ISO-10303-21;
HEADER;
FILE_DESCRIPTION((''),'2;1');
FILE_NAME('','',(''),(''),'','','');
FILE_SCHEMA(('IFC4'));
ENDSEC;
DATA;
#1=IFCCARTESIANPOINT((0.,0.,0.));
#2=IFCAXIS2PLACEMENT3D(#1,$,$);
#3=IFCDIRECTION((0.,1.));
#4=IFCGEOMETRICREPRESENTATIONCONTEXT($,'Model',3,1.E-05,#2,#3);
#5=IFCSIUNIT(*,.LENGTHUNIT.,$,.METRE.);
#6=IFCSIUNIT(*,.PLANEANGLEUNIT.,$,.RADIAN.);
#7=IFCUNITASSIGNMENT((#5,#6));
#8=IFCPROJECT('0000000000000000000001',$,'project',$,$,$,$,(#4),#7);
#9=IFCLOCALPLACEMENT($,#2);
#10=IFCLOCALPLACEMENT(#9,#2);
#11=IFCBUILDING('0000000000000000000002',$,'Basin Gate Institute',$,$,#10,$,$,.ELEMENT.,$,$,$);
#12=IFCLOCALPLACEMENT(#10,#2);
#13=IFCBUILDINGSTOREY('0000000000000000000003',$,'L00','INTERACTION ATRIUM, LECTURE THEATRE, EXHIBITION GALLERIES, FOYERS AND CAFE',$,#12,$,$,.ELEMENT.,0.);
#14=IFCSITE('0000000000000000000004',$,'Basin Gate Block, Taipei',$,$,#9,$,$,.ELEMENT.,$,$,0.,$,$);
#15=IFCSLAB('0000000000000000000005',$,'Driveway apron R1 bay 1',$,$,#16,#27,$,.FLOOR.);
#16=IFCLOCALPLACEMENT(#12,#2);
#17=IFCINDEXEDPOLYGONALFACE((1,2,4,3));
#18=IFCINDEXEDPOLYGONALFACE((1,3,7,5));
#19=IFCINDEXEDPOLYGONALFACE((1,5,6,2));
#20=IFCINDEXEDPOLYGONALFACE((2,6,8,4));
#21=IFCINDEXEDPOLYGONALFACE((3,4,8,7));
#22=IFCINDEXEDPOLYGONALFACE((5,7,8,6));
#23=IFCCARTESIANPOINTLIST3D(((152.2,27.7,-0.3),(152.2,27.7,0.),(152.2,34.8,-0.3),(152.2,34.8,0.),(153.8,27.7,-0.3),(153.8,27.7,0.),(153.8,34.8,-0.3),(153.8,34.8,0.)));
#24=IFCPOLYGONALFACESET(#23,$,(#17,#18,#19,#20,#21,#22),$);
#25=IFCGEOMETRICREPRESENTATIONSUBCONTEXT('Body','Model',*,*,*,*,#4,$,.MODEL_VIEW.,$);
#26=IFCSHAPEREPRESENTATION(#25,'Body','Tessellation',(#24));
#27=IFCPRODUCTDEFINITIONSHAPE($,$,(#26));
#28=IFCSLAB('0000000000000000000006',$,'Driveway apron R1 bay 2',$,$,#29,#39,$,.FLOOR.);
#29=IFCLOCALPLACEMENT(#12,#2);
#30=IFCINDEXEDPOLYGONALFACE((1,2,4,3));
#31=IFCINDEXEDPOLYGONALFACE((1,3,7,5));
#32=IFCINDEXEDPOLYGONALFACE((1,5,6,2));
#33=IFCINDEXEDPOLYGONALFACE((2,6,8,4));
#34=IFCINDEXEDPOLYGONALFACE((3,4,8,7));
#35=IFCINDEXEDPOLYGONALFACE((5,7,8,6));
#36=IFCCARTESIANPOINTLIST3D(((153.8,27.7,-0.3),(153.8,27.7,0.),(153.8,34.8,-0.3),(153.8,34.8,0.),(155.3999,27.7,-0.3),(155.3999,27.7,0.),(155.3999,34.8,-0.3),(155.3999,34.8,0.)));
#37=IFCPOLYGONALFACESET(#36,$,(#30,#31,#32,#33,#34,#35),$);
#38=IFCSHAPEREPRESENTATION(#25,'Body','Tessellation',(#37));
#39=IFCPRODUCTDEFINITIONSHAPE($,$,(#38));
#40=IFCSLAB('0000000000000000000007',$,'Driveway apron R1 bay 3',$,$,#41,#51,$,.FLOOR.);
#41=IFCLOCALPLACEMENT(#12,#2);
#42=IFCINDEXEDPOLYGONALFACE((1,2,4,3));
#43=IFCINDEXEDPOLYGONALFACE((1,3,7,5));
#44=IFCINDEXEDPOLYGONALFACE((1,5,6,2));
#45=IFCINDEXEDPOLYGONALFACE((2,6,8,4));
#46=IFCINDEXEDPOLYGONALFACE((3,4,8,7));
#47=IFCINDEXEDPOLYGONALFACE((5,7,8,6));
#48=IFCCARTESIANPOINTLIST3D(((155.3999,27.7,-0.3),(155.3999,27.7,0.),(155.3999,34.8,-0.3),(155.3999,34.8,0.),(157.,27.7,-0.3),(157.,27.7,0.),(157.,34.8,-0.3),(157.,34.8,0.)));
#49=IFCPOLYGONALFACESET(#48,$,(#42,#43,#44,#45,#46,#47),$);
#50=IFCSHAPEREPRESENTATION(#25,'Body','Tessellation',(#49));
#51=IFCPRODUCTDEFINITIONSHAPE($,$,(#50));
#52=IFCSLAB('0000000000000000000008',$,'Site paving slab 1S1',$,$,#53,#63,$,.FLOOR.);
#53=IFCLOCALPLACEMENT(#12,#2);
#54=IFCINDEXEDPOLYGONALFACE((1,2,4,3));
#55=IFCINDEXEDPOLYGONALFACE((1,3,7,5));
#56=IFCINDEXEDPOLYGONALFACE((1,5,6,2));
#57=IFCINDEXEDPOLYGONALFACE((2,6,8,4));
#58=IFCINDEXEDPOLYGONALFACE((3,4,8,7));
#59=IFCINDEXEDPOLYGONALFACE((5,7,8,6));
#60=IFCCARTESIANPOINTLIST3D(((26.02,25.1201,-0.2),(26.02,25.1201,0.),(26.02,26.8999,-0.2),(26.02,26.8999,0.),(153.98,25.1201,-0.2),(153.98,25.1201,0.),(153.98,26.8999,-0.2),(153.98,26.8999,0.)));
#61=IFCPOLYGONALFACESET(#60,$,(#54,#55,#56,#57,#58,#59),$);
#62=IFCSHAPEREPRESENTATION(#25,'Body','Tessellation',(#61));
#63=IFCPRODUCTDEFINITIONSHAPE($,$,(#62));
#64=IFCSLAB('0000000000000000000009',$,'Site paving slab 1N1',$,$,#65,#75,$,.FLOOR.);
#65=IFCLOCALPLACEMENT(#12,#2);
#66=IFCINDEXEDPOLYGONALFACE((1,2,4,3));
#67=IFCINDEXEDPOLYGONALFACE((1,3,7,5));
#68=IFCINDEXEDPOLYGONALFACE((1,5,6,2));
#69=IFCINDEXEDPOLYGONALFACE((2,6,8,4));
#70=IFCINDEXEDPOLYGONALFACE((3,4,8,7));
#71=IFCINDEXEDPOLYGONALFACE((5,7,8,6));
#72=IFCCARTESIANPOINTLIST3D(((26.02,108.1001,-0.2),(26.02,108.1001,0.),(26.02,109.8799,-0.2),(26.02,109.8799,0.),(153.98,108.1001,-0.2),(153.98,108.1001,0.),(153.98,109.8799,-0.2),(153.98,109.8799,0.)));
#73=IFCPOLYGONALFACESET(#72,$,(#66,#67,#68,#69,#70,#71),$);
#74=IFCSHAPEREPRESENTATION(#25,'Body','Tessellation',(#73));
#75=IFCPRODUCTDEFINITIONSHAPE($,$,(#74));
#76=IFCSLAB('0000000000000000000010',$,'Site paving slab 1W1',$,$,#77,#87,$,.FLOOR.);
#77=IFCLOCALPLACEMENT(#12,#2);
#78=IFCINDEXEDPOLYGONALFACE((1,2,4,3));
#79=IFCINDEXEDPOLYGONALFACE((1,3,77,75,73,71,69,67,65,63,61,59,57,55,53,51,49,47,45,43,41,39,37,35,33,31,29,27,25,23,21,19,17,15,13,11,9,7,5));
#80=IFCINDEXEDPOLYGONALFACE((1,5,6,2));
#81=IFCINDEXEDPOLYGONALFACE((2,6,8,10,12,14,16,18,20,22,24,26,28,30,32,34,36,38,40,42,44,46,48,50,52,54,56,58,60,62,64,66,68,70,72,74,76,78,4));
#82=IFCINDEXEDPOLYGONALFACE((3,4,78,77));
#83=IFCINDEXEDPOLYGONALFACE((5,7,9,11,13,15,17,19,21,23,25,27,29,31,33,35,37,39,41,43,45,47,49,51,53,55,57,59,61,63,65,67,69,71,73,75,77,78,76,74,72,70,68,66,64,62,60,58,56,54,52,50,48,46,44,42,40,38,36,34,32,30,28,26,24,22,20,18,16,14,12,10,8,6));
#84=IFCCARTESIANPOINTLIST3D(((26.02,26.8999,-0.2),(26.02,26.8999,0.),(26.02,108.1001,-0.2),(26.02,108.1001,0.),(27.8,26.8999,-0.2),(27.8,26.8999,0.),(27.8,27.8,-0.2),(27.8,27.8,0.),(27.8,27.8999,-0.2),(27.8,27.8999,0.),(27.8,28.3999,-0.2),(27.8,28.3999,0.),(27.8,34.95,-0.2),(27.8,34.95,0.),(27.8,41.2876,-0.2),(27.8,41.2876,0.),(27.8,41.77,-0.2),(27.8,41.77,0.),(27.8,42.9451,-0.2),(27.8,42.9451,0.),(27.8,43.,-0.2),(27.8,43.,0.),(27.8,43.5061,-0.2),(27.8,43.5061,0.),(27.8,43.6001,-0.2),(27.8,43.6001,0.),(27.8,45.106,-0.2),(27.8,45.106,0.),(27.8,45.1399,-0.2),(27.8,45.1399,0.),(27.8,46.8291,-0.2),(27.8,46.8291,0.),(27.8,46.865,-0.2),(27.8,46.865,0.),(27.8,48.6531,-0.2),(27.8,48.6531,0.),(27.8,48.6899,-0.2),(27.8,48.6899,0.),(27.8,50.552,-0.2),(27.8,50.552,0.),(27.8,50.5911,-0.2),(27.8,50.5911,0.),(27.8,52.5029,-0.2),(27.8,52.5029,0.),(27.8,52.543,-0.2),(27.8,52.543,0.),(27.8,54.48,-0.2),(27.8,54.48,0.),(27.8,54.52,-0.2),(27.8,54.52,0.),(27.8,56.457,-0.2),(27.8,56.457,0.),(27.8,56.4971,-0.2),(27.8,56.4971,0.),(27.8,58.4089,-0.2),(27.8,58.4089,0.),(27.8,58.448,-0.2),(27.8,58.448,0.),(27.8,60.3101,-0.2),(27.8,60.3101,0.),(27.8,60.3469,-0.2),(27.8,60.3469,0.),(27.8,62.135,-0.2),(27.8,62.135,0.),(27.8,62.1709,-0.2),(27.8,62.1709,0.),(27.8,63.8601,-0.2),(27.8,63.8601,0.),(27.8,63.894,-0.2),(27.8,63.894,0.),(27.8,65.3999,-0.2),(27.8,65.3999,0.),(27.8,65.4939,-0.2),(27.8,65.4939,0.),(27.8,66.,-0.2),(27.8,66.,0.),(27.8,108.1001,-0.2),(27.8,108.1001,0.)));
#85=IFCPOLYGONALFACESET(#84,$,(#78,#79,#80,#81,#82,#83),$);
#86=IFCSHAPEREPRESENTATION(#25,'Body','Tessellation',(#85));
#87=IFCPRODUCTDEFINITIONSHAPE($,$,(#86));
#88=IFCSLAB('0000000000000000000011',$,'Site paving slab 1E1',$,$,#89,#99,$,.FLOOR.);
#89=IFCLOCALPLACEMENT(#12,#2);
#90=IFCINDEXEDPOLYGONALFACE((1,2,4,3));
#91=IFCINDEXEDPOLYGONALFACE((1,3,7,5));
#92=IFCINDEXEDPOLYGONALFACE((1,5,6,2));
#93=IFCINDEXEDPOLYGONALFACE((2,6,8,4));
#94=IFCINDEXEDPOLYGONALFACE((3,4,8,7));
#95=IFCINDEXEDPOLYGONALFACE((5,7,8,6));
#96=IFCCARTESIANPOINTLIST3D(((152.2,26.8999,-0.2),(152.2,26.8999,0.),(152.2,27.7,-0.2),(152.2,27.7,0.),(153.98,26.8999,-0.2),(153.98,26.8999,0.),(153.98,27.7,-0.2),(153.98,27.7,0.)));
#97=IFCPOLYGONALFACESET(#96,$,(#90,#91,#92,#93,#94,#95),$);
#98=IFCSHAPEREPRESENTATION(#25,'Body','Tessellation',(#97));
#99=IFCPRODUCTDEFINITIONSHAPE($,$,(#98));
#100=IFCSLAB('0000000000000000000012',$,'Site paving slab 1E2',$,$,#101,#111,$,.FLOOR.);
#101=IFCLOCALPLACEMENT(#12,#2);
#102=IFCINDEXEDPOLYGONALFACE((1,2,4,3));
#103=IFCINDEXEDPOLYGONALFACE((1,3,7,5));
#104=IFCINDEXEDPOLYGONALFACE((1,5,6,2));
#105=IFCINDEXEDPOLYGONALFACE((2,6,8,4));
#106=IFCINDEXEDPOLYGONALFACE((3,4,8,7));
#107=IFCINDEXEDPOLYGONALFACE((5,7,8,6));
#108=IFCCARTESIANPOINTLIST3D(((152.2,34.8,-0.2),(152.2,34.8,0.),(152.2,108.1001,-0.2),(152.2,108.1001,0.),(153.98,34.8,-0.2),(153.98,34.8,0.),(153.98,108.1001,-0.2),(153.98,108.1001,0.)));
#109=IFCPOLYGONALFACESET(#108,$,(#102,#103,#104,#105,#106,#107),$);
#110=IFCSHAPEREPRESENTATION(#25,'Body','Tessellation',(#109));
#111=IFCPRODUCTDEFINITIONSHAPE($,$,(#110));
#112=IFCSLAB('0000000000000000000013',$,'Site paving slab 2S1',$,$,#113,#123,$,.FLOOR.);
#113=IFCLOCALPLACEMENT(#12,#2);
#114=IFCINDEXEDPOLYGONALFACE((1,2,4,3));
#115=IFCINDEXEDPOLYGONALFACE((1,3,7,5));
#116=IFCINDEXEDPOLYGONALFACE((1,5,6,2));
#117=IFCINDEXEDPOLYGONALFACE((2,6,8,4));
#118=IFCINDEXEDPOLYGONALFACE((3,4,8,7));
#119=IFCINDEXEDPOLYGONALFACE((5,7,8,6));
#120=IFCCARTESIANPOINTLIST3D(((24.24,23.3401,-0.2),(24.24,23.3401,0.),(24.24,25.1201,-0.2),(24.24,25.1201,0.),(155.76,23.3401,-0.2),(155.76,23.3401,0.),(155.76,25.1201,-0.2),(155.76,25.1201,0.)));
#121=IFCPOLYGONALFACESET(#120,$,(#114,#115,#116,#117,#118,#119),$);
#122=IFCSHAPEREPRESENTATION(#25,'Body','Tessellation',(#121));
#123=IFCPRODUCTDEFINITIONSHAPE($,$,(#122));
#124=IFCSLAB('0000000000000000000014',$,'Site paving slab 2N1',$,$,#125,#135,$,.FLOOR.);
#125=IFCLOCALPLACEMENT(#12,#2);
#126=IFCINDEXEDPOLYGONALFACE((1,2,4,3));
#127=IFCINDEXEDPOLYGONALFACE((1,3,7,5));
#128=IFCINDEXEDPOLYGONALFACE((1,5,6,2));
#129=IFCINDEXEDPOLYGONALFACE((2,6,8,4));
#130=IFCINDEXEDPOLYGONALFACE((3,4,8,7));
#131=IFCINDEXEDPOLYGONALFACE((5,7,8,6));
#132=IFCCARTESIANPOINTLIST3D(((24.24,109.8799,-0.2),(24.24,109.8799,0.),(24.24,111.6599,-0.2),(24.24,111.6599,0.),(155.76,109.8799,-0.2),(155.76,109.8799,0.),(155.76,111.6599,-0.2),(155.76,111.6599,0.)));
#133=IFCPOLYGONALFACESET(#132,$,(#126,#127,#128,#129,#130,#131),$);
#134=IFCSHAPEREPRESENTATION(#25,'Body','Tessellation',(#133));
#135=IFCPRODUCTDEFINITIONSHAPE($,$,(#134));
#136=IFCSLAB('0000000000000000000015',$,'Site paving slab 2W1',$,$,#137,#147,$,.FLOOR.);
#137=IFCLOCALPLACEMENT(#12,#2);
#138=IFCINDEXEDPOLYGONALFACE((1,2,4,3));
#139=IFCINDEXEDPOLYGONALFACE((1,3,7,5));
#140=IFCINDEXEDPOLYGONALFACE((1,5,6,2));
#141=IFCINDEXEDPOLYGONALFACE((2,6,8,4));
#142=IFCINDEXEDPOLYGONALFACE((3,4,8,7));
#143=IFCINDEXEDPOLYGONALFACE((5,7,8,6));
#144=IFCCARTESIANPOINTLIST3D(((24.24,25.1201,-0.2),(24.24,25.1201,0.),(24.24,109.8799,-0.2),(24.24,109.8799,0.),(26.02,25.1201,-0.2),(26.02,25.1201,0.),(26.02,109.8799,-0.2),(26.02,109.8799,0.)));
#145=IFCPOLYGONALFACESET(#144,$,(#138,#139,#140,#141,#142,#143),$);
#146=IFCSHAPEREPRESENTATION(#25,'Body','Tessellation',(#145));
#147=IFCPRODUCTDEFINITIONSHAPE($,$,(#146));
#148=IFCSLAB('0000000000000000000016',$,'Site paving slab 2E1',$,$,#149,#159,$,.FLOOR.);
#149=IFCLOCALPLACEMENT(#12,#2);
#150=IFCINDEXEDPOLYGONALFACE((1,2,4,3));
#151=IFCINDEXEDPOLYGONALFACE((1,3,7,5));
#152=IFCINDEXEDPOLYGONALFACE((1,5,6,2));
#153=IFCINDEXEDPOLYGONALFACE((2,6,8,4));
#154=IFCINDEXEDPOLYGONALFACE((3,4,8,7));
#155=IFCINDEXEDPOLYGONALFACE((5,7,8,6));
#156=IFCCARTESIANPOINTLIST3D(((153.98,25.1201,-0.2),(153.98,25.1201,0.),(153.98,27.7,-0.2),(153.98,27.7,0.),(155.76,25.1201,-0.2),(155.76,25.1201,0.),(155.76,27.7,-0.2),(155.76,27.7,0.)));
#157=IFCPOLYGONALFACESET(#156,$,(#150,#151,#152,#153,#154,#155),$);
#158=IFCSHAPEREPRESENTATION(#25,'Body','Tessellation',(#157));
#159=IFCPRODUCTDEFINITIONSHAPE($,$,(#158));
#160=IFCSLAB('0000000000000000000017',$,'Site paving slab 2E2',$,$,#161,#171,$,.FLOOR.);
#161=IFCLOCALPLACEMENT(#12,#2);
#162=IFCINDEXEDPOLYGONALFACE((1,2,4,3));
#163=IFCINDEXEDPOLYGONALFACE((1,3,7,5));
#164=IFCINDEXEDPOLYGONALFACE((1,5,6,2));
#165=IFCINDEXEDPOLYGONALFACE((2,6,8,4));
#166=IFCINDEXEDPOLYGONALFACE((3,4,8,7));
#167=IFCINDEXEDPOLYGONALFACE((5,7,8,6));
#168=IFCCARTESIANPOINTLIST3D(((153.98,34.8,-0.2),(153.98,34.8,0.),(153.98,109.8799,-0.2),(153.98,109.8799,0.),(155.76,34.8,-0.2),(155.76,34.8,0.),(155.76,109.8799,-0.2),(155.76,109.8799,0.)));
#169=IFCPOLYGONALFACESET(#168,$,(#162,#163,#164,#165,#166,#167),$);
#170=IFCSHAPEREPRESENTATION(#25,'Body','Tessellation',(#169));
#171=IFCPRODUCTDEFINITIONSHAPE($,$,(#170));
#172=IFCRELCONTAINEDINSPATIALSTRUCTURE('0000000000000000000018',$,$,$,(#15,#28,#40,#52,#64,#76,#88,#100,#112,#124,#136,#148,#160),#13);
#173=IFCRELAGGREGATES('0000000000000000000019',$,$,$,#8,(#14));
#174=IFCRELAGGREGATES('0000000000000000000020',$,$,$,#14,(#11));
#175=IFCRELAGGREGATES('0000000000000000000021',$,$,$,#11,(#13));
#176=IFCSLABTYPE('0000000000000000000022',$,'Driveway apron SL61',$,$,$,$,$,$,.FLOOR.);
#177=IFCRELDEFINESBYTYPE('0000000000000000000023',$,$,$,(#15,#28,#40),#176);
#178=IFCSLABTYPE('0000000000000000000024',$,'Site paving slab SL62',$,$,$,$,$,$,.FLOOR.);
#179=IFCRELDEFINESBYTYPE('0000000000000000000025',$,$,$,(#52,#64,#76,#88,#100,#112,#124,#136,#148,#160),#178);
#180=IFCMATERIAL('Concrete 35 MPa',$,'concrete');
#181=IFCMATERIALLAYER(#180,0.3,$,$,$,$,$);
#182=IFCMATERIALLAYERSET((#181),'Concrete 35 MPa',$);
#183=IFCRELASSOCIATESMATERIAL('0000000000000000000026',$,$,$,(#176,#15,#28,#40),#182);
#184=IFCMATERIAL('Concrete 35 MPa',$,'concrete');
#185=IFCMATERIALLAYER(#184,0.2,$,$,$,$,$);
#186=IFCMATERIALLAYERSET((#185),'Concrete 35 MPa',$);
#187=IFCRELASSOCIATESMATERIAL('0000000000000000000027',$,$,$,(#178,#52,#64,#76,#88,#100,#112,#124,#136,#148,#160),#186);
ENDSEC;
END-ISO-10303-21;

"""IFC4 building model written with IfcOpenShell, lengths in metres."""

from ifc_helpers import new_model, si_unit, direction, frame, origin, place, context, subcontext, project, spatial, polyline, outline, extrude, material, layer, layer_set, type_object, element, save


model = new_model("IFC4")

# Units and contexts
model_context = context("Model", 3, precision=1e-05, world=origin(), true_north=direction((0.0, 1.0)))
body_context = subcontext(model_context, "Body", "Model", "MODEL_VIEW")
ifc_project = project(units=[si_unit("LENGTHUNIT", "METRE"), si_unit("PLANEANGLEUNIT", "RADIAN")], contexts=[model_context])

# Site, building, storey
site_placement = place(None, origin())
site = spatial("IfcSite", under=ifc_project, at=site_placement, Name="Basin Gate Block, Taipei", CompositionType="ELEMENT", RefElevation=0.0)
building_placement = place(site_placement, origin())
building = spatial("IfcBuilding", under=site, at=building_placement, Name="Basin Gate Institute", CompositionType="ELEMENT")
storey_placement = place(building_placement, origin())
storey = spatial("IfcBuildingStorey", under=building, at=storey_placement, Name="L00", Description="INTERACTION ATRIUM, LECTURE THEATRE, EXHIBITION GALLERIES, FOYERS AND CAFE", CompositionType="ELEMENT", Elevation=0.0)

# Slabs
ifc_material_1 = material(Name="Concrete 35 MPa", Category="concrete")
ifc_layer_1 = layer(ifc_material_1, 0.3)
ifc_layer_set_1 = layer_set([ifc_layer_1], Name="Concrete 35 MPa")
slab_type_1 = type_object("IfcSlabType", Name="Driveway apron SL61", PredefinedType="FLOOR", material=ifc_layer_set_1)
slab_1_placement = place(storey_placement, frame((0.0, 0.0, -0.3)))
element("IfcSlab", 1, at=slab_1_placement, inside=storey, type_object=slab_type_1, material=ifc_layer_set_1, Name="Driveway apron R1 bay 1", PredefinedType="FLOOR", context=body_context, shape_type="SweptSolid", body=[
    extrude(outline(polyline([(152.2, 27.7), (153.8, 27.7), (153.8, 34.8), (152.2, 34.8), (152.2, 27.7)])), origin(), (0.0, 0.0, 1.0), 0.3),
])
slab_2_placement = place(storey_placement, frame((0.0, 0.0, -0.3)))
element("IfcSlab", 2, at=slab_2_placement, inside=storey, type_object=slab_type_1, material=ifc_layer_set_1, Name="Driveway apron R1 bay 2", PredefinedType="FLOOR", context=body_context, shape_type="SweptSolid", body=[
    extrude(outline(polyline([(153.8, 27.7), (155.3999, 27.7), (155.3999, 34.8), (153.8, 34.8), (153.8, 27.7)])), origin(), (0.0, 0.0, 1.0), 0.3),
])
slab_3_placement = place(storey_placement, frame((0.0, 0.0, -0.3)))
element("IfcSlab", 3, at=slab_3_placement, inside=storey, type_object=slab_type_1, material=ifc_layer_set_1, Name="Driveway apron R1 bay 3", PredefinedType="FLOOR", context=body_context, shape_type="SweptSolid", body=[
    extrude(outline(polyline([(155.3999, 27.7), (157.0, 27.7), (157.0, 34.8), (155.3999, 34.8), (155.3999, 27.7)])), origin(), (0.0, 0.0, 1.0), 0.3),
])
ifc_material_2 = material(Name="Concrete 35 MPa", Category="concrete")
ifc_layer_2 = layer(ifc_material_2, 0.2)
ifc_layer_set_2 = layer_set([ifc_layer_2], Name="Concrete 35 MPa")
slab_type_2 = type_object("IfcSlabType", Name="Site paving slab SL62", PredefinedType="FLOOR", material=ifc_layer_set_2)
slab_4_placement = place(storey_placement, frame((0.0, 0.0, -0.2)))
element("IfcSlab", 4, at=slab_4_placement, inside=storey, type_object=slab_type_2, material=ifc_layer_set_2, Name="Site paving slab 1S1", PredefinedType="FLOOR", context=body_context, shape_type="SweptSolid", body=[
    extrude(outline(polyline([(26.02, 25.1201), (26.02, 26.8999), (153.98, 26.8999), (153.98, 25.1201), (26.02, 25.1201)])), origin(), (0.0, 0.0, 1.0), 0.2),
])
slab_5_placement = place(storey_placement, frame((0.0, 0.0, -0.2)))
element("IfcSlab", 5, at=slab_5_placement, inside=storey, type_object=slab_type_2, material=ifc_layer_set_2, Name="Site paving slab 1N1", PredefinedType="FLOOR", context=body_context, shape_type="SweptSolid", body=[
    extrude(outline(polyline([(26.02, 108.1001), (26.02, 109.8799), (153.98, 109.8799), (153.98, 108.1001), (26.02, 108.1001)])), origin(), (0.0, 0.0, 1.0), 0.2),
])
slab_6_placement = place(storey_placement, frame((0.0, 0.0, -0.2)))
element("IfcSlab", 6, at=slab_6_placement, inside=storey, type_object=slab_type_2, material=ifc_layer_set_2, Name="Site paving slab 1W1", PredefinedType="FLOOR", context=body_context, shape_type="SweptSolid", body=[
    extrude(outline(polyline([(27.8, 26.8999), (26.02, 26.8999), (26.02, 108.1001), (27.8, 108.1001), (27.8, 66.0), (27.8, 65.4939), (27.8, 65.3999), (27.8, 63.894), (27.8, 63.8601), (27.8, 62.1709), (27.8, 62.135), (27.8, 60.3469), (27.8, 60.3101), (27.8, 58.448), (27.8, 58.4089), (27.8, 56.4971), (27.8, 56.457), (27.8, 54.52), (27.8, 54.48), (27.8, 52.543), (27.8, 52.5029), (27.8, 50.5911), (27.8, 50.552), (27.8, 48.6899), (27.8, 48.6531), (27.8, 46.865), (27.8, 46.8291), (27.8, 45.1399), (27.8, 45.106), (27.8, 43.6001), (27.8, 43.6001), (27.8, 43.5061), (27.8, 43.0), (27.8, 42.9451), (27.8, 41.77), (27.8, 41.2876), (27.8, 34.95), (27.8, 28.3999), (27.8, 27.8999), (27.8, 27.8), (27.8, 26.8999)])), origin(), (0.0, 0.0, 1.0), 0.2),
])
slab_7_placement = place(storey_placement, frame((0.0, 0.0, -0.2)))
element("IfcSlab", 7, at=slab_7_placement, inside=storey, type_object=slab_type_2, material=ifc_layer_set_2, Name="Site paving slab 1E1", PredefinedType="FLOOR", context=body_context, shape_type="SweptSolid", body=[
    extrude(outline(polyline([(152.2, 26.8999), (152.2, 27.7), (153.98, 27.7), (153.98, 26.8999), (152.2, 26.8999)])), origin(), (0.0, 0.0, 1.0), 0.2),
])
slab_8_placement = place(storey_placement, frame((0.0, 0.0, -0.2)))
element("IfcSlab", 8, at=slab_8_placement, inside=storey, type_object=slab_type_2, material=ifc_layer_set_2, Name="Site paving slab 1E2", PredefinedType="FLOOR", context=body_context, shape_type="SweptSolid", body=[
    extrude(outline(polyline([(152.2, 34.8), (152.2, 108.1001), (153.98, 108.1001), (153.98, 34.8), (152.2, 34.8)])), origin(), (0.0, 0.0, 1.0), 0.2),
])
slab_9_placement = place(storey_placement, frame((0.0, 0.0, -0.2)))
element("IfcSlab", 9, at=slab_9_placement, inside=storey, type_object=slab_type_2, material=ifc_layer_set_2, Name="Site paving slab 2S1", PredefinedType="FLOOR", context=body_context, shape_type="SweptSolid", body=[
    extrude(outline(polyline([(24.24, 23.3401), (24.24, 25.1201), (155.76, 25.1201), (155.76, 23.3401), (24.24, 23.3401)])), origin(), (0.0, 0.0, 1.0), 0.2),
])
slab_10_placement = place(storey_placement, frame((0.0, 0.0, -0.2)))
element("IfcSlab", 10, at=slab_10_placement, inside=storey, type_object=slab_type_2, material=ifc_layer_set_2, Name="Site paving slab 2N1", PredefinedType="FLOOR", context=body_context, shape_type="SweptSolid", body=[
    extrude(outline(polyline([(24.24, 109.8799), (24.24, 111.6599), (155.76, 111.6599), (155.76, 109.8799), (24.24, 109.8799)])), origin(), (0.0, 0.0, 1.0), 0.2),
])
slab_11_placement = place(storey_placement, frame((0.0, 0.0, -0.2)))
element("IfcSlab", 11, at=slab_11_placement, inside=storey, type_object=slab_type_2, material=ifc_layer_set_2, Name="Site paving slab 2W1", PredefinedType="FLOOR", context=body_context, shape_type="SweptSolid", body=[
    extrude(outline(polyline([(24.24, 25.1201), (24.24, 109.8799), (26.02, 109.8799), (26.02, 25.1201), (24.24, 25.1201)])), origin(), (0.0, 0.0, 1.0), 0.2),
])
slab_12_placement = place(storey_placement, frame((0.0, 0.0, -0.2)))
element("IfcSlab", 12, at=slab_12_placement, inside=storey, type_object=slab_type_2, material=ifc_layer_set_2, Name="Site paving slab 2E1", PredefinedType="FLOOR", context=body_context, shape_type="SweptSolid", body=[
    extrude(outline(polyline([(153.98, 25.1201), (153.98, 27.7), (155.76, 27.7), (155.76, 25.1201), (153.98, 25.1201)])), origin(), (0.0, 0.0, 1.0), 0.2),
])
slab_13_placement = place(storey_placement, frame((0.0, 0.0, -0.2)))
element("IfcSlab", 13, at=slab_13_placement, inside=storey, type_object=slab_type_2, material=ifc_layer_set_2, Name="Site paving slab 2E2", PredefinedType="FLOOR", context=body_context, shape_type="SweptSolid", body=[
    extrude(outline(polyline([(153.98, 34.8), (153.98, 109.8799), (155.76, 109.8799), (155.76, 34.8), (153.98, 34.8)])), origin(), (0.0, 0.0, 1.0), 0.2),
])

save(model, "model.ifc")
